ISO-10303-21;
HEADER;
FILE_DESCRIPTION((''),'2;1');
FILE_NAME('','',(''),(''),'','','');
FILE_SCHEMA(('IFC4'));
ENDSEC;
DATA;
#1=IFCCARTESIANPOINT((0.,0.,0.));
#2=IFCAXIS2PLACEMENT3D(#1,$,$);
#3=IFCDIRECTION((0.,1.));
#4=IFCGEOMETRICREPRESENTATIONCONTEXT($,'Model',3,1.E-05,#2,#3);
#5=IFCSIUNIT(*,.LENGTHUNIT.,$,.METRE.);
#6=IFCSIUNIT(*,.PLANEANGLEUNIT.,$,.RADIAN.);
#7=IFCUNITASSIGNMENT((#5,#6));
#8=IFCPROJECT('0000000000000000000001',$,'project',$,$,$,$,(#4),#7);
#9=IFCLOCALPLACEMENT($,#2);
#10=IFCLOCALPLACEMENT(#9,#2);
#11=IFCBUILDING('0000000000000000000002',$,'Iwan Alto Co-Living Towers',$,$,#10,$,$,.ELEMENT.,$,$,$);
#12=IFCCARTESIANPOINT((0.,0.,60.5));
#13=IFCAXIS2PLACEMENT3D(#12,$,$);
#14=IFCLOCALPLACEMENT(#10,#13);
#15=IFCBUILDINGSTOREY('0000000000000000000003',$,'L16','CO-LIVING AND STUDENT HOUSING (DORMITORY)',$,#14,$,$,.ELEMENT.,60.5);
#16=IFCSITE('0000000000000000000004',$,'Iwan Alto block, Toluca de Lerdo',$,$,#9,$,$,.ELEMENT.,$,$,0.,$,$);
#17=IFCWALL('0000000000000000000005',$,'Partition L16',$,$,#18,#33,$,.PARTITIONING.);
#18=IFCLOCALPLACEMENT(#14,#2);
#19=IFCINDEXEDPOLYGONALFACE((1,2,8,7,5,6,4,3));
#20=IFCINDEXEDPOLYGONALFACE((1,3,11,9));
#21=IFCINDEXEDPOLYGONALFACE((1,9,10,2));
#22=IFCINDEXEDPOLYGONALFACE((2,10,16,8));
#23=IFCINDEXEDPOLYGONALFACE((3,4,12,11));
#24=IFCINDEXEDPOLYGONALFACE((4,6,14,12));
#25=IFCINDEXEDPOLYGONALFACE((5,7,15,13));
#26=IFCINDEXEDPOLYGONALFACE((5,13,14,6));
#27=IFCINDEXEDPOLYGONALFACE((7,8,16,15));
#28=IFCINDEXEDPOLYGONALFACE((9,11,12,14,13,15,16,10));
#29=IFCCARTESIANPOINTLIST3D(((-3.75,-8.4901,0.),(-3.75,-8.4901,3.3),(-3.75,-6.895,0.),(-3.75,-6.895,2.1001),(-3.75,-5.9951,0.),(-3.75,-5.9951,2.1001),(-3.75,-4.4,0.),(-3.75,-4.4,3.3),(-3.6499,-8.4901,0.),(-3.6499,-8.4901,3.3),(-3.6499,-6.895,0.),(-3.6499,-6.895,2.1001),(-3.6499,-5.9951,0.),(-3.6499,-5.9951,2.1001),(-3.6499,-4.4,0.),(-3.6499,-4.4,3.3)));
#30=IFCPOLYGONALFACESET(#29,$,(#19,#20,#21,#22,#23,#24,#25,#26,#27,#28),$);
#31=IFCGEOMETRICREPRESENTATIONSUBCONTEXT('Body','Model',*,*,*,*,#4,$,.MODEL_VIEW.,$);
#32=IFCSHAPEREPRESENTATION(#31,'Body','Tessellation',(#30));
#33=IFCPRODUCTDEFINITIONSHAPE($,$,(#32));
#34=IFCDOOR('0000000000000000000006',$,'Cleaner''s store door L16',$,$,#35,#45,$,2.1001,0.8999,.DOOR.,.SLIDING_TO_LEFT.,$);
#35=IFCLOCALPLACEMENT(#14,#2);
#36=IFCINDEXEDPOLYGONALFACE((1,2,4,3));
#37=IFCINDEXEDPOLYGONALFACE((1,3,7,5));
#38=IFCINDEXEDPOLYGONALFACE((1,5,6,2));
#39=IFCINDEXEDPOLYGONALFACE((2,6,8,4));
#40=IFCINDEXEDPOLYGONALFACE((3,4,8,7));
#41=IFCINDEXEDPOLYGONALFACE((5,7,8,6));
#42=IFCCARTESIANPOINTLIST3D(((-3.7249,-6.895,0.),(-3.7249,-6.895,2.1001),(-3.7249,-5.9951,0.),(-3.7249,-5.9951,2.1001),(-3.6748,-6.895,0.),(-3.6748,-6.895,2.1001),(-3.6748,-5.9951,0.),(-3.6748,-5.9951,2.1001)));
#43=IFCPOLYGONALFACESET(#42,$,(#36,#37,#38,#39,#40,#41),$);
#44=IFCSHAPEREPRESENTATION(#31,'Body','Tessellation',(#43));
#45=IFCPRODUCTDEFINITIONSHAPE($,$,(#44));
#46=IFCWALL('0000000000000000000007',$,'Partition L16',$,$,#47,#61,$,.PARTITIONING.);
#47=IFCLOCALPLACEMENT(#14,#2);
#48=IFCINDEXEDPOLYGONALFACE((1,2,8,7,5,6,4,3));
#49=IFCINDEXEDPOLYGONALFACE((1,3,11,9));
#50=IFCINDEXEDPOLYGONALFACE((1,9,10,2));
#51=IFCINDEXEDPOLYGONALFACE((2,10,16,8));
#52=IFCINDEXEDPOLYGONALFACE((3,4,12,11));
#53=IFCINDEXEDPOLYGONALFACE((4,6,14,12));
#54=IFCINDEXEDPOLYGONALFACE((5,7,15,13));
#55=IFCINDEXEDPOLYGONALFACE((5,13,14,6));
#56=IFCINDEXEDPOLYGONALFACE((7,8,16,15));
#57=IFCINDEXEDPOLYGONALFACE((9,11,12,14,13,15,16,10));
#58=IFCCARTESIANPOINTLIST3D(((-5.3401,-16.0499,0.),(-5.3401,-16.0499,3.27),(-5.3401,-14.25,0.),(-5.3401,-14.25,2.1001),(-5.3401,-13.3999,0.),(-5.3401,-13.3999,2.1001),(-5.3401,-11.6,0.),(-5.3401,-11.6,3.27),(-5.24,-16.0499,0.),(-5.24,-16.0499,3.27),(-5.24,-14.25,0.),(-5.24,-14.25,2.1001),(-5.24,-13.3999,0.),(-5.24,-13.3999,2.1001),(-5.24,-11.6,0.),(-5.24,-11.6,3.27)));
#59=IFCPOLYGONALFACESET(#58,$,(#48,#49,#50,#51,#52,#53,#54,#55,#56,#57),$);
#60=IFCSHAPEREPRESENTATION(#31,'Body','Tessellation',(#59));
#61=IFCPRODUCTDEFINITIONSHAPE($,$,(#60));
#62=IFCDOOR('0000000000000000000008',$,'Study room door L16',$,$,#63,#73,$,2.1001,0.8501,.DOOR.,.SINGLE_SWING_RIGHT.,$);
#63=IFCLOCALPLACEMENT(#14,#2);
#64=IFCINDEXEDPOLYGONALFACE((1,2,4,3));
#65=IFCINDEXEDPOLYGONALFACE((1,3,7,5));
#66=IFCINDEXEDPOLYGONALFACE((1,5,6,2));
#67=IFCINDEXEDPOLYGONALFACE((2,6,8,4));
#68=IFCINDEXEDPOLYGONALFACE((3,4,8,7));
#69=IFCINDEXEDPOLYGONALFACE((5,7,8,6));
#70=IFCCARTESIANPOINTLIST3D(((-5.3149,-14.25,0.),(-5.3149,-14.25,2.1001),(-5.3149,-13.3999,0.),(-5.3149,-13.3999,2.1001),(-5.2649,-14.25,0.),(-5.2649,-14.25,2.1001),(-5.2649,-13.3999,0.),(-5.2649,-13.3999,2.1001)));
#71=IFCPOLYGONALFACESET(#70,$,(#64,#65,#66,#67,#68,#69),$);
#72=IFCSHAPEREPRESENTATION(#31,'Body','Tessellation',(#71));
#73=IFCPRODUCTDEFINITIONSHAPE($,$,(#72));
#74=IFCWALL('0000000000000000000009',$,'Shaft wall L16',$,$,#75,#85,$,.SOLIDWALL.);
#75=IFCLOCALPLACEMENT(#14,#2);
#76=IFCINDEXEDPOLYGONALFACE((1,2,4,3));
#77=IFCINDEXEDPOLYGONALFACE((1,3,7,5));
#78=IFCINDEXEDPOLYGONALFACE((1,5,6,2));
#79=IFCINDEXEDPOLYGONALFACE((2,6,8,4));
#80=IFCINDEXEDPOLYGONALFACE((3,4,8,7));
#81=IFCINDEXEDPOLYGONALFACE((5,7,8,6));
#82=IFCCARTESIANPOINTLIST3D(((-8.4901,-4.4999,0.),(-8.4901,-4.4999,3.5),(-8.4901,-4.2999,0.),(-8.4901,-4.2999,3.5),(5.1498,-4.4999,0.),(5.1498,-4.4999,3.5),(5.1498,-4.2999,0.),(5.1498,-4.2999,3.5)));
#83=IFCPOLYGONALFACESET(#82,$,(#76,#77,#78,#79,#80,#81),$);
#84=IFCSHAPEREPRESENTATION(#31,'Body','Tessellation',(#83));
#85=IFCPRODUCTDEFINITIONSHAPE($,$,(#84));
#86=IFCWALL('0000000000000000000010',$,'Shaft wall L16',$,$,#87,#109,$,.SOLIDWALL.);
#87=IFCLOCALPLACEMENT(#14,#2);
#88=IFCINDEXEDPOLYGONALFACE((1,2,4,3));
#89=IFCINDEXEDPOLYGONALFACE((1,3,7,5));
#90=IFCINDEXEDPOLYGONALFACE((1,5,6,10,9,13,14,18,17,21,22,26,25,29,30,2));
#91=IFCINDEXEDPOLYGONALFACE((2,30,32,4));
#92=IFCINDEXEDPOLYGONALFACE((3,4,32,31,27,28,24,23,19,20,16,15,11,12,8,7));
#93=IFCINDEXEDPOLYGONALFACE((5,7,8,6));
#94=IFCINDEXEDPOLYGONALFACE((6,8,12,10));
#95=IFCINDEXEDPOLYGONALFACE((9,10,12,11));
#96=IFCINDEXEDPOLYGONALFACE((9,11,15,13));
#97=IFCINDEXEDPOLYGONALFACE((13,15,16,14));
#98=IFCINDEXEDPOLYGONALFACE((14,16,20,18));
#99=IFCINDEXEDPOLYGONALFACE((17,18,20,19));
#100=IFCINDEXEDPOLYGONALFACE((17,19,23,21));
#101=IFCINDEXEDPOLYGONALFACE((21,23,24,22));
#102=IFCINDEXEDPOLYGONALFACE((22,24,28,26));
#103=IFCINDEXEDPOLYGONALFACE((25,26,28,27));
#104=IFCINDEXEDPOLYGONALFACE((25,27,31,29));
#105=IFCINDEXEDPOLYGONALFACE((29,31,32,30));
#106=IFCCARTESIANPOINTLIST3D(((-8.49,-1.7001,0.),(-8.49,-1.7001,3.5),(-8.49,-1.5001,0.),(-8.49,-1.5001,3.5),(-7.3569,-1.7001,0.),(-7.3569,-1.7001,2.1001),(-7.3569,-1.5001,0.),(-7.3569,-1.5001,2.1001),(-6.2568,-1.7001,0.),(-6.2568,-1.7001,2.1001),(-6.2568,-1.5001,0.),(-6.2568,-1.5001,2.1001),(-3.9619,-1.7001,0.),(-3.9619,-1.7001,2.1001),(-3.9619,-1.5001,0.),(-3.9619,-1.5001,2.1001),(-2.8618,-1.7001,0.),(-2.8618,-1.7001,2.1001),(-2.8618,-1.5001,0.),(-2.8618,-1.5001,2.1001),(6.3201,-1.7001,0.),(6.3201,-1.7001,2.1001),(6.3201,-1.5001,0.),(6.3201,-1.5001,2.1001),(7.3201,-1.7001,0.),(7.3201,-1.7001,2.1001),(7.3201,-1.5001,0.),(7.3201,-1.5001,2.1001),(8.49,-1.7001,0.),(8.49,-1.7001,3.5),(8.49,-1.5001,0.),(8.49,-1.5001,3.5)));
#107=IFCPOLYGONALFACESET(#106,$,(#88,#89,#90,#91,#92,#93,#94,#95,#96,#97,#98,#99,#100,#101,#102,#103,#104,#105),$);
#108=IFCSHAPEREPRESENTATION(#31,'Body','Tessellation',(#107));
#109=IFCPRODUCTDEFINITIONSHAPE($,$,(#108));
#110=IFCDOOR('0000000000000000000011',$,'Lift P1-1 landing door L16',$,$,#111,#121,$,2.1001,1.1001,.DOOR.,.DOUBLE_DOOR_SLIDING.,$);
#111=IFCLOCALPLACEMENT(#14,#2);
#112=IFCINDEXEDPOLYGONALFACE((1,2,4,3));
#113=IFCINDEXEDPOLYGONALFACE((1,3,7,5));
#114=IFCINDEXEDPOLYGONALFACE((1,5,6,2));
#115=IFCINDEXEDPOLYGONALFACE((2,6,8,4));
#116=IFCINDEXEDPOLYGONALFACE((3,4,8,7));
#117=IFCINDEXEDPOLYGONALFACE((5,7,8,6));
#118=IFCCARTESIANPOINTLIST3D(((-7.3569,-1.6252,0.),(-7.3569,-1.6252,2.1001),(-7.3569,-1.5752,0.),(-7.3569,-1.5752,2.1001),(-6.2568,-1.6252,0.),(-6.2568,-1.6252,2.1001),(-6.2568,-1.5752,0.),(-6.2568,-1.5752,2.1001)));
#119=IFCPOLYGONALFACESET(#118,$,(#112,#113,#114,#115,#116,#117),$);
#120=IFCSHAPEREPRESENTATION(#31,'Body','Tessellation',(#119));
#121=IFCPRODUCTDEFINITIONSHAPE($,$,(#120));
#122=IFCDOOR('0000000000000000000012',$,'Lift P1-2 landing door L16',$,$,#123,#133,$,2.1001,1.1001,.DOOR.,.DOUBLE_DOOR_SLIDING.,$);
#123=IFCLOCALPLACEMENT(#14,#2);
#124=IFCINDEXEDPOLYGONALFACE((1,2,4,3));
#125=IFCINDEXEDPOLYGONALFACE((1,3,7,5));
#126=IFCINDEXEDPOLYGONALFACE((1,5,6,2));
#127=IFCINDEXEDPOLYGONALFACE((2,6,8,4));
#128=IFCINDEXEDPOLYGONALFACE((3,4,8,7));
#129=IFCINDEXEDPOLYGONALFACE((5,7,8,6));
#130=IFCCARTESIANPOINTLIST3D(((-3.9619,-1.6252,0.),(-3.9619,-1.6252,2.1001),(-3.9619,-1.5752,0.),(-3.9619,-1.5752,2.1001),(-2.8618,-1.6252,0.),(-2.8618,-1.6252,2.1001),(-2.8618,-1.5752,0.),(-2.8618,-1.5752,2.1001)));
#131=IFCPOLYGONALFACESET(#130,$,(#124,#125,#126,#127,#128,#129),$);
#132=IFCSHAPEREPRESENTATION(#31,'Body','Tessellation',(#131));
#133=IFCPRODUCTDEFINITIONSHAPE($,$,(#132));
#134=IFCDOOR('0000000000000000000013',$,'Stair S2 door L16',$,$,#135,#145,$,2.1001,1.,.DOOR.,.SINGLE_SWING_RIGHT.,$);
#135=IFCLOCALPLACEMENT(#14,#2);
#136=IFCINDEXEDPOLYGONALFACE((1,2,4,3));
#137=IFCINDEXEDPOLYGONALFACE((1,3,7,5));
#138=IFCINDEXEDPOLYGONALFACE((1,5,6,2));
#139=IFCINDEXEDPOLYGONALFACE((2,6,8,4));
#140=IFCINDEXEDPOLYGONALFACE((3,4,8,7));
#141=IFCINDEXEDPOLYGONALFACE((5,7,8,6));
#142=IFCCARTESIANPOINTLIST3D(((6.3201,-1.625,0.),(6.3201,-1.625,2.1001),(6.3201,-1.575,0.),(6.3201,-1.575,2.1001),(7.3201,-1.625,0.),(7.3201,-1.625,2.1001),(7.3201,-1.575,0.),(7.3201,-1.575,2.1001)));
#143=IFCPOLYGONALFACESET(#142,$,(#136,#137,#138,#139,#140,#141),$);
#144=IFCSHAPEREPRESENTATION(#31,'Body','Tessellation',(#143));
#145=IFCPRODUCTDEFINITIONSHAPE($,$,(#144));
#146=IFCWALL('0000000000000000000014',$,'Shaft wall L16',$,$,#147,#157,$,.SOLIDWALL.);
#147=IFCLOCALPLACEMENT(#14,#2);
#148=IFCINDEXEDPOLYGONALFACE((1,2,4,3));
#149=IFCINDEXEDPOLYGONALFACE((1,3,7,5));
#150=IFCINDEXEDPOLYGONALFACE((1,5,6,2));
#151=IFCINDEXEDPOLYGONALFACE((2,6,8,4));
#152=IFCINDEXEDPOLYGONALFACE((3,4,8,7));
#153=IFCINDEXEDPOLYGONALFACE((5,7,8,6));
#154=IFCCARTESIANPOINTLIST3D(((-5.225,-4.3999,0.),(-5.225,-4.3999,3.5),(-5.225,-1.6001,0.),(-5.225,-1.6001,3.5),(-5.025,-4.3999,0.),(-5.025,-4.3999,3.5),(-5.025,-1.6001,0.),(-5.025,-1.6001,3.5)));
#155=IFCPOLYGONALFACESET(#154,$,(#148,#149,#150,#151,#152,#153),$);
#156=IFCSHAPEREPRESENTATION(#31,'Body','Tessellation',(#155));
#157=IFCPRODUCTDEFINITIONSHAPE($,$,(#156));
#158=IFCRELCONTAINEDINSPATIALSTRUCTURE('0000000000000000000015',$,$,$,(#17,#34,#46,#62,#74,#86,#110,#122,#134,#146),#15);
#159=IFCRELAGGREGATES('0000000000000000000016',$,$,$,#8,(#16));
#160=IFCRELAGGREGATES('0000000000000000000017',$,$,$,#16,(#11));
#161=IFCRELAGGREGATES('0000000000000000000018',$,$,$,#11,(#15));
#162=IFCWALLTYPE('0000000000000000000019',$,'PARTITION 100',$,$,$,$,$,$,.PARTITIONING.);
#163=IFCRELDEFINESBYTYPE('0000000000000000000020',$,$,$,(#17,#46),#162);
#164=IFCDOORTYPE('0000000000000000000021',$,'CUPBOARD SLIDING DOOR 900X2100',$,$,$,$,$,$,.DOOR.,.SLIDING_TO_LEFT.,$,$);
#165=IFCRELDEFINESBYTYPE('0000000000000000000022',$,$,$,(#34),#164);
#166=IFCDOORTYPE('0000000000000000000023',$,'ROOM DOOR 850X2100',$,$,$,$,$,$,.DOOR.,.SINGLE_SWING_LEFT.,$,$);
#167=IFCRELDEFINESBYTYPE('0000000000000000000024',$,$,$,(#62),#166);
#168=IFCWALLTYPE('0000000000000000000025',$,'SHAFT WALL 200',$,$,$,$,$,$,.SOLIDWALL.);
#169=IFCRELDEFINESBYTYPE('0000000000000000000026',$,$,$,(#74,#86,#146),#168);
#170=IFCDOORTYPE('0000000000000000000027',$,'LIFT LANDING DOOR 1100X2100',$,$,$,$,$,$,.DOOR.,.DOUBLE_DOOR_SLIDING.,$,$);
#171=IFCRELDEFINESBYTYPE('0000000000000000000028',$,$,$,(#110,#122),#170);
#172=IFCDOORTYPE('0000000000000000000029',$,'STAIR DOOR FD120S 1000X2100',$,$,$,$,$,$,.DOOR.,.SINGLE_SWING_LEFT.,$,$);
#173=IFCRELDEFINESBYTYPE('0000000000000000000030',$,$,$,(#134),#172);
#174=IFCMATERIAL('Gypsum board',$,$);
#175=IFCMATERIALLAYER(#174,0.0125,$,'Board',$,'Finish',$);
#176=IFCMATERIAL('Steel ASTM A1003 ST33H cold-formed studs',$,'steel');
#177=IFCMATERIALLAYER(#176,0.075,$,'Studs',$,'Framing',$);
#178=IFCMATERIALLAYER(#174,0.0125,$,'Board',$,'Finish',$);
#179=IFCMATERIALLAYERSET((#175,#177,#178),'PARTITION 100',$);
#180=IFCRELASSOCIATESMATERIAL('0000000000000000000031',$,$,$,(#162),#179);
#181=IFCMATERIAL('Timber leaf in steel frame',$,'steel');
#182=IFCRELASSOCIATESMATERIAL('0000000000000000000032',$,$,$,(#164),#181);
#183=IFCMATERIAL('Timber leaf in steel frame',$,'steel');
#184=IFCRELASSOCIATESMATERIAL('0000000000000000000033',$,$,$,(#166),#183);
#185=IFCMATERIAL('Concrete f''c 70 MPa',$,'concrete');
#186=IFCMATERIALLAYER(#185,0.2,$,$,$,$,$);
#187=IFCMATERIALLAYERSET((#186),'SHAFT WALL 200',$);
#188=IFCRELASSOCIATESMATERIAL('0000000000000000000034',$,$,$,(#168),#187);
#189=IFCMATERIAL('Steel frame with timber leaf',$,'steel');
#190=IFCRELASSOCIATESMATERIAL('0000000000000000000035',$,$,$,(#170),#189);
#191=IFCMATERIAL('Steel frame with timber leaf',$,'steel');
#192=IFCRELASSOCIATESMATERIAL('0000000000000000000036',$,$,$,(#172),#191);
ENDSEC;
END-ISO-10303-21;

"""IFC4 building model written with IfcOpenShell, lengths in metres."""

from ifc_helpers import new_model, si_unit, direction, frame, frame_2d, origin, place, context, subcontext, project, spatial, rectangle, extrude, material, layer, layer_set, type_object, element, fill, save


model = new_model("IFC4")

# Units and contexts
model_context = context("Model", 3, precision=1e-05, world=origin(), true_north=direction((0.0, 1.0)))
body_context = subcontext(model_context, "Body", "Model", "MODEL_VIEW")
ifc_project = project(units=[si_unit("LENGTHUNIT", "METRE"), si_unit("PLANEANGLEUNIT", "RADIAN")], contexts=[model_context])

# Site, building, storey
site_placement = place(None, origin())
site = spatial("IfcSite", under=ifc_project, at=site_placement, Name="Iwan Alto block, Toluca de Lerdo", CompositionType="ELEMENT", RefElevation=0.0)
building_placement = place(site_placement, origin())
building = spatial("IfcBuilding", under=site, at=building_placement, Name="Iwan Alto Co-Living Towers", CompositionType="ELEMENT")
storey_placement = place(building_placement, frame((0.0, 0.0, 60.5)))
storey = spatial("IfcBuildingStorey", under=building, at=storey_placement, Name="L16", Description="CO-LIVING AND STUDENT HOUSING (DORMITORY)", CompositionType="ELEMENT", Elevation=60.5)

# Shared definitions
ifc_material_1 = material(Name="Gypsum board")
ifc_material_2 = material(Name="Steel ASTM A1003 ST33H cold-formed studs", Category="steel")

# Shared definitions
ifc_layer_1 = layer(ifc_material_1, 0.0125, Name="Board", Category="Finish")
ifc_layer_2 = layer(ifc_material_2, 0.075, Name="Studs", Category="Framing")
ifc_layer_3 = layer(ifc_material_1, 0.0125, Name="Board", Category="Finish")
ifc_layer_set_1 = layer_set([ifc_layer_1, ifc_layer_2, ifc_layer_3], Name="PARTITION 100")
wall_type_1 = type_object("IfcWallType", Name="PARTITION 100", PredefinedType="PARTITIONING", material=ifc_layer_set_1)

# Walls, openings, doors
wall_1_placement = place(storey_placement, frame((-3.7, -8.49, 0.0), z_axis=(0.0, 0.0, 1.0), x_axis=(0.0, 1.0, 0.0)))
wall_1 = element("IfcWall", 1, at=wall_1_placement, inside=storey, type_object=wall_type_1, Name="Partition L16", PredefinedType="PARTITIONING", context=body_context, shape_type="SweptSolid", body=[
    extrude(rectangle(XDim=4.0901, YDim=0.1001, at=frame_2d((2.0449, 0.0))), origin(), (0.0, 0.0, 1.0), 3.3),
])
opening_1_placement = place(wall_1_placement, frame((1.595, 0.0, 0.0)))
opening_1 = element("IfcOpeningElement", 2, at=opening_1_placement, cuts=wall_1, PredefinedType="OPENING", context=body_context, shape_type="SweptSolid", body=[
    extrude(rectangle(XDim=0.8999, YDim=2.1001, at=frame_2d((0.45, 1.05))), frame((0.0, 0.0601, 0.0), z_axis=(0.0, -1.0, 0.0), x_axis=(1.0, 0.0, 0.0)), (0.0, 0.0, 1.0), 0.1201),
])
ifc_material_3 = material(Name="Timber leaf in steel frame", Category="steel")
door_type_1 = type_object("IfcDoorType", Name="CUPBOARD SLIDING DOOR 900X2100", OperationType="SLIDING_TO_LEFT", PredefinedType="DOOR", material=ifc_material_3)
door_1_placement = place(opening_1_placement, origin())
door_1 = element("IfcDoor", 3, at=door_1_placement, inside=storey, type_object=door_type_1, Name="Cleaner's store door L16", OperationType="SLIDING_TO_LEFT", OverallHeight=2.1001, OverallWidth=0.8999, PredefinedType="DOOR", context=body_context, shape_type="SweptSolid", body=[
    extrude(rectangle(XDim=0.8999, YDim=2.1001, at=frame_2d((0.45, 1.05))), frame((0.0, 0.0249, 0.0), z_axis=(0.0, -1.0, 0.0), x_axis=(1.0, 0.0, 0.0)), (0.0, 0.0, 1.0), 0.05),
])
fill(opening_1, door_1)
wall_2_placement = place(storey_placement, frame((-5.29, -16.05, 0.0), z_axis=(0.0, 0.0, 1.0), x_axis=(0.0, 1.0, 0.0)))
wall_2 = element("IfcWall", 4, at=wall_2_placement, inside=storey, type_object=wall_type_1, Name="Partition L16", PredefinedType="PARTITIONING", context=body_context, shape_type="SweptSolid", body=[
    extrude(rectangle(XDim=4.45, YDim=0.1001, at=frame_2d((2.2251, 0.0))), origin(), (0.0, 0.0, 1.0), 3.27),
])
opening_2_placement = place(wall_2_placement, frame((1.8, 0.0, 0.0)))
opening_2 = element("IfcOpeningElement", 5, at=opening_2_placement, cuts=wall_2, PredefinedType="OPENING", context=body_context, shape_type="SweptSolid", body=[
    extrude(rectangle(XDim=0.8501, YDim=2.1001, at=frame_2d((0.425, 1.05))), frame((0.0, 0.0601, 0.0), z_axis=(0.0, -1.0, 0.0), x_axis=(1.0, 0.0, 0.0)), (0.0, 0.0, 1.0), 0.1201),
])
ifc_material_4 = material(Name="Timber leaf in steel frame", Category="steel")
door_type_2 = type_object("IfcDoorType", Name="ROOM DOOR 850X2100", OperationType="SINGLE_SWING_LEFT", PredefinedType="DOOR", material=ifc_material_4)
door_2_placement = place(opening_2_placement, origin())
door_2 = element("IfcDoor", 6, at=door_2_placement, inside=storey, type_object=door_type_2, Name="Study room door L16", OperationType="SINGLE_SWING_RIGHT", OverallHeight=2.1001, OverallWidth=0.8501, PredefinedType="DOOR", context=body_context, shape_type="SweptSolid", body=[
    extrude(rectangle(XDim=0.8501, YDim=2.1001, at=frame_2d((0.425, 1.05))), frame((0.0, 0.0249, 0.0), z_axis=(0.0, -1.0, 0.0), x_axis=(1.0, 0.0, 0.0)), (0.0, 0.0, 1.0), 0.05),
])
fill(opening_2, door_2)

# Wall
ifc_material_5 = material(Name="Concrete f'c 70 MPa", Category="concrete")
ifc_layer_4 = layer(ifc_material_5, 0.2)
ifc_layer_set_2 = layer_set([ifc_layer_4], Name="SHAFT WALL 200")
wall_type_2 = type_object("IfcWallType", Name="SHAFT WALL 200", PredefinedType="SOLIDWALL", material=ifc_layer_set_2)
wall_3_placement = place(storey_placement, frame((-8.49, -4.3999, 0.0), z_axis=(0.0, 0.0, 1.0), x_axis=(1.0, 0.0, 0.0)))
element("IfcWall", 7, at=wall_3_placement, inside=storey, type_object=wall_type_2, Name="Shaft wall L16", PredefinedType="SOLIDWALL", context=body_context, shape_type="SweptSolid", body=[
    extrude(rectangle(XDim=13.6399, YDim=0.2, at=frame_2d((6.8198, 0.0))), origin(), (0.0, 0.0, 1.0), 3.5),
])

# Wall, openings, doors
wall_4_placement = place(storey_placement, frame((-8.49, -1.6001, 0.0), z_axis=(0.0, 0.0, 1.0), x_axis=(1.0, 0.0, 0.0)))
wall_4 = element("IfcWall", 8, at=wall_4_placement, inside=storey, type_object=wall_type_2, Name="Shaft wall L16", PredefinedType="SOLIDWALL", context=body_context, shape_type="SweptSolid", body=[
    extrude(rectangle(XDim=16.98, YDim=0.2, at=frame_2d((8.49, 0.0))), origin(), (0.0, 0.0, 1.0), 3.5),
])
opening_3_placement = place(wall_4_placement, frame((14.8101, 0.0, 0.0)))
opening_3 = element("IfcOpeningElement", 9, at=opening_3_placement, cuts=wall_4, PredefinedType="OPENING", context=body_context, shape_type="SweptSolid", body=[
    extrude(rectangle(XDim=1.0, YDim=2.1001, at=frame_2d((0.5, 1.05))), frame((0.0, 0.1099, 0.0), z_axis=(0.0, -1.0, 0.0), x_axis=(1.0, 0.0, 0.0)), (0.0, 0.0, 1.0), 0.22),
])
opening_4_placement = place(wall_4_placement, frame((1.1331, 0.0, 0.0)))
opening_4 = element("IfcOpeningElement", 10, at=opening_4_placement, cuts=wall_4, PredefinedType="OPENING", context=body_context, shape_type="SweptSolid", body=[
    extrude(rectangle(XDim=1.1001, YDim=2.1001, at=frame_2d((0.55, 1.05))), frame((0.0, 0.1099, 0.0), z_axis=(0.0, -1.0, 0.0), x_axis=(1.0, 0.0, 0.0)), (0.0, 0.0, 1.0), 0.22),
])
opening_5_placement = place(wall_4_placement, frame((4.5281, 0.0, 0.0)))
opening_5 = element("IfcOpeningElement", 11, at=opening_5_placement, cuts=wall_4, PredefinedType="OPENING", context=body_context, shape_type="SweptSolid", body=[
    extrude(rectangle(XDim=1.1001, YDim=2.1001, at=frame_2d((0.55, 1.05))), frame((0.0, 0.1099, 0.0), z_axis=(0.0, -1.0, 0.0), x_axis=(1.0, 0.0, 0.0)), (0.0, 0.0, 1.0), 0.22),
])
ifc_material_6 = material(Name="Steel frame with timber leaf", Category="steel")
door_type_3 = type_object("IfcDoorType", Name="LIFT LANDING DOOR 1100X2100", OperationType="DOUBLE_DOOR_SLIDING", PredefinedType="DOOR", material=ifc_material_6)
door_3_placement = place(opening_4_placement, origin())
door_3 = element("IfcDoor", 12, at=door_3_placement, inside=storey, type_object=door_type_3, Name="Lift P1-1 landing door L16", OperationType="DOUBLE_DOOR_SLIDING", OverallHeight=2.1001, OverallWidth=1.1001, PredefinedType="DOOR", context=body_context, shape_type="SweptSolid", body=[
    extrude(rectangle(XDim=1.1001, YDim=2.1001, at=frame_2d((0.55, 1.05))), frame((0.0, 0.0249, 0.0), z_axis=(0.0, -1.0, 0.0), x_axis=(1.0, 0.0, 0.0)), (0.0, 0.0, 1.0), 0.05),
])
fill(opening_4, door_3)
door_4_placement = place(opening_5_placement, origin())
door_4 = element("IfcDoor", 13, at=door_4_placement, inside=storey, type_object=door_type_3, Name="Lift P1-2 landing door L16", OperationType="DOUBLE_DOOR_SLIDING", OverallHeight=2.1001, OverallWidth=1.1001, PredefinedType="DOOR", context=body_context, shape_type="SweptSolid", body=[
    extrude(rectangle(XDim=1.1001, YDim=2.1001, at=frame_2d((0.55, 1.05))), frame((0.0, 0.0249, 0.0), z_axis=(0.0, -1.0, 0.0), x_axis=(1.0, 0.0, 0.0)), (0.0, 0.0, 1.0), 0.05),
])
fill(opening_5, door_4)
ifc_material_7 = material(Name="Steel frame with timber leaf", Category="steel")
door_type_4 = type_object("IfcDoorType", Name="STAIR DOOR FD120S 1000X2100", OperationType="SINGLE_SWING_LEFT", PredefinedType="DOOR", material=ifc_material_7)
door_5_placement = place(opening_3_placement, frame((1.0, 0.0, 0.0), z_axis=(0.0, 0.0, 1.0), x_axis=(-1.0, 0.0, 0.0)))
door_5 = element("IfcDoor", 14, at=door_5_placement, inside=storey, type_object=door_type_4, Name="Stair S2 door L16", OperationType="SINGLE_SWING_RIGHT", OverallHeight=2.1001, OverallWidth=1.0, PredefinedType="DOOR", context=body_context, shape_type="SweptSolid", body=[
    extrude(rectangle(XDim=1.0, YDim=2.1001, at=frame_2d((0.5, 1.05))), frame((0.0, 0.0249, 0.0), z_axis=(0.0, -1.0, 0.0), x_axis=(1.0, 0.0, 0.0)), (0.0, 0.0, 1.0), 0.05),
])
fill(opening_3, door_5)

# Wall
wall_5_placement = place(storey_placement, frame((-5.125, -4.3999, 0.0), z_axis=(0.0, 0.0, 1.0), x_axis=(0.0, 1.0, 0.0)))
element("IfcWall", 15, at=wall_5_placement, inside=storey, type_object=wall_type_2, Name="Shaft wall L16", PredefinedType="SOLIDWALL", context=body_context, shape_type="SweptSolid", body=[
    extrude(rectangle(XDim=2.7998, YDim=0.2, at=frame_2d((1.3999, 0.0))), origin(), (0.0, 0.0, 1.0), 3.5),
])

save(model, "model.ifc")
